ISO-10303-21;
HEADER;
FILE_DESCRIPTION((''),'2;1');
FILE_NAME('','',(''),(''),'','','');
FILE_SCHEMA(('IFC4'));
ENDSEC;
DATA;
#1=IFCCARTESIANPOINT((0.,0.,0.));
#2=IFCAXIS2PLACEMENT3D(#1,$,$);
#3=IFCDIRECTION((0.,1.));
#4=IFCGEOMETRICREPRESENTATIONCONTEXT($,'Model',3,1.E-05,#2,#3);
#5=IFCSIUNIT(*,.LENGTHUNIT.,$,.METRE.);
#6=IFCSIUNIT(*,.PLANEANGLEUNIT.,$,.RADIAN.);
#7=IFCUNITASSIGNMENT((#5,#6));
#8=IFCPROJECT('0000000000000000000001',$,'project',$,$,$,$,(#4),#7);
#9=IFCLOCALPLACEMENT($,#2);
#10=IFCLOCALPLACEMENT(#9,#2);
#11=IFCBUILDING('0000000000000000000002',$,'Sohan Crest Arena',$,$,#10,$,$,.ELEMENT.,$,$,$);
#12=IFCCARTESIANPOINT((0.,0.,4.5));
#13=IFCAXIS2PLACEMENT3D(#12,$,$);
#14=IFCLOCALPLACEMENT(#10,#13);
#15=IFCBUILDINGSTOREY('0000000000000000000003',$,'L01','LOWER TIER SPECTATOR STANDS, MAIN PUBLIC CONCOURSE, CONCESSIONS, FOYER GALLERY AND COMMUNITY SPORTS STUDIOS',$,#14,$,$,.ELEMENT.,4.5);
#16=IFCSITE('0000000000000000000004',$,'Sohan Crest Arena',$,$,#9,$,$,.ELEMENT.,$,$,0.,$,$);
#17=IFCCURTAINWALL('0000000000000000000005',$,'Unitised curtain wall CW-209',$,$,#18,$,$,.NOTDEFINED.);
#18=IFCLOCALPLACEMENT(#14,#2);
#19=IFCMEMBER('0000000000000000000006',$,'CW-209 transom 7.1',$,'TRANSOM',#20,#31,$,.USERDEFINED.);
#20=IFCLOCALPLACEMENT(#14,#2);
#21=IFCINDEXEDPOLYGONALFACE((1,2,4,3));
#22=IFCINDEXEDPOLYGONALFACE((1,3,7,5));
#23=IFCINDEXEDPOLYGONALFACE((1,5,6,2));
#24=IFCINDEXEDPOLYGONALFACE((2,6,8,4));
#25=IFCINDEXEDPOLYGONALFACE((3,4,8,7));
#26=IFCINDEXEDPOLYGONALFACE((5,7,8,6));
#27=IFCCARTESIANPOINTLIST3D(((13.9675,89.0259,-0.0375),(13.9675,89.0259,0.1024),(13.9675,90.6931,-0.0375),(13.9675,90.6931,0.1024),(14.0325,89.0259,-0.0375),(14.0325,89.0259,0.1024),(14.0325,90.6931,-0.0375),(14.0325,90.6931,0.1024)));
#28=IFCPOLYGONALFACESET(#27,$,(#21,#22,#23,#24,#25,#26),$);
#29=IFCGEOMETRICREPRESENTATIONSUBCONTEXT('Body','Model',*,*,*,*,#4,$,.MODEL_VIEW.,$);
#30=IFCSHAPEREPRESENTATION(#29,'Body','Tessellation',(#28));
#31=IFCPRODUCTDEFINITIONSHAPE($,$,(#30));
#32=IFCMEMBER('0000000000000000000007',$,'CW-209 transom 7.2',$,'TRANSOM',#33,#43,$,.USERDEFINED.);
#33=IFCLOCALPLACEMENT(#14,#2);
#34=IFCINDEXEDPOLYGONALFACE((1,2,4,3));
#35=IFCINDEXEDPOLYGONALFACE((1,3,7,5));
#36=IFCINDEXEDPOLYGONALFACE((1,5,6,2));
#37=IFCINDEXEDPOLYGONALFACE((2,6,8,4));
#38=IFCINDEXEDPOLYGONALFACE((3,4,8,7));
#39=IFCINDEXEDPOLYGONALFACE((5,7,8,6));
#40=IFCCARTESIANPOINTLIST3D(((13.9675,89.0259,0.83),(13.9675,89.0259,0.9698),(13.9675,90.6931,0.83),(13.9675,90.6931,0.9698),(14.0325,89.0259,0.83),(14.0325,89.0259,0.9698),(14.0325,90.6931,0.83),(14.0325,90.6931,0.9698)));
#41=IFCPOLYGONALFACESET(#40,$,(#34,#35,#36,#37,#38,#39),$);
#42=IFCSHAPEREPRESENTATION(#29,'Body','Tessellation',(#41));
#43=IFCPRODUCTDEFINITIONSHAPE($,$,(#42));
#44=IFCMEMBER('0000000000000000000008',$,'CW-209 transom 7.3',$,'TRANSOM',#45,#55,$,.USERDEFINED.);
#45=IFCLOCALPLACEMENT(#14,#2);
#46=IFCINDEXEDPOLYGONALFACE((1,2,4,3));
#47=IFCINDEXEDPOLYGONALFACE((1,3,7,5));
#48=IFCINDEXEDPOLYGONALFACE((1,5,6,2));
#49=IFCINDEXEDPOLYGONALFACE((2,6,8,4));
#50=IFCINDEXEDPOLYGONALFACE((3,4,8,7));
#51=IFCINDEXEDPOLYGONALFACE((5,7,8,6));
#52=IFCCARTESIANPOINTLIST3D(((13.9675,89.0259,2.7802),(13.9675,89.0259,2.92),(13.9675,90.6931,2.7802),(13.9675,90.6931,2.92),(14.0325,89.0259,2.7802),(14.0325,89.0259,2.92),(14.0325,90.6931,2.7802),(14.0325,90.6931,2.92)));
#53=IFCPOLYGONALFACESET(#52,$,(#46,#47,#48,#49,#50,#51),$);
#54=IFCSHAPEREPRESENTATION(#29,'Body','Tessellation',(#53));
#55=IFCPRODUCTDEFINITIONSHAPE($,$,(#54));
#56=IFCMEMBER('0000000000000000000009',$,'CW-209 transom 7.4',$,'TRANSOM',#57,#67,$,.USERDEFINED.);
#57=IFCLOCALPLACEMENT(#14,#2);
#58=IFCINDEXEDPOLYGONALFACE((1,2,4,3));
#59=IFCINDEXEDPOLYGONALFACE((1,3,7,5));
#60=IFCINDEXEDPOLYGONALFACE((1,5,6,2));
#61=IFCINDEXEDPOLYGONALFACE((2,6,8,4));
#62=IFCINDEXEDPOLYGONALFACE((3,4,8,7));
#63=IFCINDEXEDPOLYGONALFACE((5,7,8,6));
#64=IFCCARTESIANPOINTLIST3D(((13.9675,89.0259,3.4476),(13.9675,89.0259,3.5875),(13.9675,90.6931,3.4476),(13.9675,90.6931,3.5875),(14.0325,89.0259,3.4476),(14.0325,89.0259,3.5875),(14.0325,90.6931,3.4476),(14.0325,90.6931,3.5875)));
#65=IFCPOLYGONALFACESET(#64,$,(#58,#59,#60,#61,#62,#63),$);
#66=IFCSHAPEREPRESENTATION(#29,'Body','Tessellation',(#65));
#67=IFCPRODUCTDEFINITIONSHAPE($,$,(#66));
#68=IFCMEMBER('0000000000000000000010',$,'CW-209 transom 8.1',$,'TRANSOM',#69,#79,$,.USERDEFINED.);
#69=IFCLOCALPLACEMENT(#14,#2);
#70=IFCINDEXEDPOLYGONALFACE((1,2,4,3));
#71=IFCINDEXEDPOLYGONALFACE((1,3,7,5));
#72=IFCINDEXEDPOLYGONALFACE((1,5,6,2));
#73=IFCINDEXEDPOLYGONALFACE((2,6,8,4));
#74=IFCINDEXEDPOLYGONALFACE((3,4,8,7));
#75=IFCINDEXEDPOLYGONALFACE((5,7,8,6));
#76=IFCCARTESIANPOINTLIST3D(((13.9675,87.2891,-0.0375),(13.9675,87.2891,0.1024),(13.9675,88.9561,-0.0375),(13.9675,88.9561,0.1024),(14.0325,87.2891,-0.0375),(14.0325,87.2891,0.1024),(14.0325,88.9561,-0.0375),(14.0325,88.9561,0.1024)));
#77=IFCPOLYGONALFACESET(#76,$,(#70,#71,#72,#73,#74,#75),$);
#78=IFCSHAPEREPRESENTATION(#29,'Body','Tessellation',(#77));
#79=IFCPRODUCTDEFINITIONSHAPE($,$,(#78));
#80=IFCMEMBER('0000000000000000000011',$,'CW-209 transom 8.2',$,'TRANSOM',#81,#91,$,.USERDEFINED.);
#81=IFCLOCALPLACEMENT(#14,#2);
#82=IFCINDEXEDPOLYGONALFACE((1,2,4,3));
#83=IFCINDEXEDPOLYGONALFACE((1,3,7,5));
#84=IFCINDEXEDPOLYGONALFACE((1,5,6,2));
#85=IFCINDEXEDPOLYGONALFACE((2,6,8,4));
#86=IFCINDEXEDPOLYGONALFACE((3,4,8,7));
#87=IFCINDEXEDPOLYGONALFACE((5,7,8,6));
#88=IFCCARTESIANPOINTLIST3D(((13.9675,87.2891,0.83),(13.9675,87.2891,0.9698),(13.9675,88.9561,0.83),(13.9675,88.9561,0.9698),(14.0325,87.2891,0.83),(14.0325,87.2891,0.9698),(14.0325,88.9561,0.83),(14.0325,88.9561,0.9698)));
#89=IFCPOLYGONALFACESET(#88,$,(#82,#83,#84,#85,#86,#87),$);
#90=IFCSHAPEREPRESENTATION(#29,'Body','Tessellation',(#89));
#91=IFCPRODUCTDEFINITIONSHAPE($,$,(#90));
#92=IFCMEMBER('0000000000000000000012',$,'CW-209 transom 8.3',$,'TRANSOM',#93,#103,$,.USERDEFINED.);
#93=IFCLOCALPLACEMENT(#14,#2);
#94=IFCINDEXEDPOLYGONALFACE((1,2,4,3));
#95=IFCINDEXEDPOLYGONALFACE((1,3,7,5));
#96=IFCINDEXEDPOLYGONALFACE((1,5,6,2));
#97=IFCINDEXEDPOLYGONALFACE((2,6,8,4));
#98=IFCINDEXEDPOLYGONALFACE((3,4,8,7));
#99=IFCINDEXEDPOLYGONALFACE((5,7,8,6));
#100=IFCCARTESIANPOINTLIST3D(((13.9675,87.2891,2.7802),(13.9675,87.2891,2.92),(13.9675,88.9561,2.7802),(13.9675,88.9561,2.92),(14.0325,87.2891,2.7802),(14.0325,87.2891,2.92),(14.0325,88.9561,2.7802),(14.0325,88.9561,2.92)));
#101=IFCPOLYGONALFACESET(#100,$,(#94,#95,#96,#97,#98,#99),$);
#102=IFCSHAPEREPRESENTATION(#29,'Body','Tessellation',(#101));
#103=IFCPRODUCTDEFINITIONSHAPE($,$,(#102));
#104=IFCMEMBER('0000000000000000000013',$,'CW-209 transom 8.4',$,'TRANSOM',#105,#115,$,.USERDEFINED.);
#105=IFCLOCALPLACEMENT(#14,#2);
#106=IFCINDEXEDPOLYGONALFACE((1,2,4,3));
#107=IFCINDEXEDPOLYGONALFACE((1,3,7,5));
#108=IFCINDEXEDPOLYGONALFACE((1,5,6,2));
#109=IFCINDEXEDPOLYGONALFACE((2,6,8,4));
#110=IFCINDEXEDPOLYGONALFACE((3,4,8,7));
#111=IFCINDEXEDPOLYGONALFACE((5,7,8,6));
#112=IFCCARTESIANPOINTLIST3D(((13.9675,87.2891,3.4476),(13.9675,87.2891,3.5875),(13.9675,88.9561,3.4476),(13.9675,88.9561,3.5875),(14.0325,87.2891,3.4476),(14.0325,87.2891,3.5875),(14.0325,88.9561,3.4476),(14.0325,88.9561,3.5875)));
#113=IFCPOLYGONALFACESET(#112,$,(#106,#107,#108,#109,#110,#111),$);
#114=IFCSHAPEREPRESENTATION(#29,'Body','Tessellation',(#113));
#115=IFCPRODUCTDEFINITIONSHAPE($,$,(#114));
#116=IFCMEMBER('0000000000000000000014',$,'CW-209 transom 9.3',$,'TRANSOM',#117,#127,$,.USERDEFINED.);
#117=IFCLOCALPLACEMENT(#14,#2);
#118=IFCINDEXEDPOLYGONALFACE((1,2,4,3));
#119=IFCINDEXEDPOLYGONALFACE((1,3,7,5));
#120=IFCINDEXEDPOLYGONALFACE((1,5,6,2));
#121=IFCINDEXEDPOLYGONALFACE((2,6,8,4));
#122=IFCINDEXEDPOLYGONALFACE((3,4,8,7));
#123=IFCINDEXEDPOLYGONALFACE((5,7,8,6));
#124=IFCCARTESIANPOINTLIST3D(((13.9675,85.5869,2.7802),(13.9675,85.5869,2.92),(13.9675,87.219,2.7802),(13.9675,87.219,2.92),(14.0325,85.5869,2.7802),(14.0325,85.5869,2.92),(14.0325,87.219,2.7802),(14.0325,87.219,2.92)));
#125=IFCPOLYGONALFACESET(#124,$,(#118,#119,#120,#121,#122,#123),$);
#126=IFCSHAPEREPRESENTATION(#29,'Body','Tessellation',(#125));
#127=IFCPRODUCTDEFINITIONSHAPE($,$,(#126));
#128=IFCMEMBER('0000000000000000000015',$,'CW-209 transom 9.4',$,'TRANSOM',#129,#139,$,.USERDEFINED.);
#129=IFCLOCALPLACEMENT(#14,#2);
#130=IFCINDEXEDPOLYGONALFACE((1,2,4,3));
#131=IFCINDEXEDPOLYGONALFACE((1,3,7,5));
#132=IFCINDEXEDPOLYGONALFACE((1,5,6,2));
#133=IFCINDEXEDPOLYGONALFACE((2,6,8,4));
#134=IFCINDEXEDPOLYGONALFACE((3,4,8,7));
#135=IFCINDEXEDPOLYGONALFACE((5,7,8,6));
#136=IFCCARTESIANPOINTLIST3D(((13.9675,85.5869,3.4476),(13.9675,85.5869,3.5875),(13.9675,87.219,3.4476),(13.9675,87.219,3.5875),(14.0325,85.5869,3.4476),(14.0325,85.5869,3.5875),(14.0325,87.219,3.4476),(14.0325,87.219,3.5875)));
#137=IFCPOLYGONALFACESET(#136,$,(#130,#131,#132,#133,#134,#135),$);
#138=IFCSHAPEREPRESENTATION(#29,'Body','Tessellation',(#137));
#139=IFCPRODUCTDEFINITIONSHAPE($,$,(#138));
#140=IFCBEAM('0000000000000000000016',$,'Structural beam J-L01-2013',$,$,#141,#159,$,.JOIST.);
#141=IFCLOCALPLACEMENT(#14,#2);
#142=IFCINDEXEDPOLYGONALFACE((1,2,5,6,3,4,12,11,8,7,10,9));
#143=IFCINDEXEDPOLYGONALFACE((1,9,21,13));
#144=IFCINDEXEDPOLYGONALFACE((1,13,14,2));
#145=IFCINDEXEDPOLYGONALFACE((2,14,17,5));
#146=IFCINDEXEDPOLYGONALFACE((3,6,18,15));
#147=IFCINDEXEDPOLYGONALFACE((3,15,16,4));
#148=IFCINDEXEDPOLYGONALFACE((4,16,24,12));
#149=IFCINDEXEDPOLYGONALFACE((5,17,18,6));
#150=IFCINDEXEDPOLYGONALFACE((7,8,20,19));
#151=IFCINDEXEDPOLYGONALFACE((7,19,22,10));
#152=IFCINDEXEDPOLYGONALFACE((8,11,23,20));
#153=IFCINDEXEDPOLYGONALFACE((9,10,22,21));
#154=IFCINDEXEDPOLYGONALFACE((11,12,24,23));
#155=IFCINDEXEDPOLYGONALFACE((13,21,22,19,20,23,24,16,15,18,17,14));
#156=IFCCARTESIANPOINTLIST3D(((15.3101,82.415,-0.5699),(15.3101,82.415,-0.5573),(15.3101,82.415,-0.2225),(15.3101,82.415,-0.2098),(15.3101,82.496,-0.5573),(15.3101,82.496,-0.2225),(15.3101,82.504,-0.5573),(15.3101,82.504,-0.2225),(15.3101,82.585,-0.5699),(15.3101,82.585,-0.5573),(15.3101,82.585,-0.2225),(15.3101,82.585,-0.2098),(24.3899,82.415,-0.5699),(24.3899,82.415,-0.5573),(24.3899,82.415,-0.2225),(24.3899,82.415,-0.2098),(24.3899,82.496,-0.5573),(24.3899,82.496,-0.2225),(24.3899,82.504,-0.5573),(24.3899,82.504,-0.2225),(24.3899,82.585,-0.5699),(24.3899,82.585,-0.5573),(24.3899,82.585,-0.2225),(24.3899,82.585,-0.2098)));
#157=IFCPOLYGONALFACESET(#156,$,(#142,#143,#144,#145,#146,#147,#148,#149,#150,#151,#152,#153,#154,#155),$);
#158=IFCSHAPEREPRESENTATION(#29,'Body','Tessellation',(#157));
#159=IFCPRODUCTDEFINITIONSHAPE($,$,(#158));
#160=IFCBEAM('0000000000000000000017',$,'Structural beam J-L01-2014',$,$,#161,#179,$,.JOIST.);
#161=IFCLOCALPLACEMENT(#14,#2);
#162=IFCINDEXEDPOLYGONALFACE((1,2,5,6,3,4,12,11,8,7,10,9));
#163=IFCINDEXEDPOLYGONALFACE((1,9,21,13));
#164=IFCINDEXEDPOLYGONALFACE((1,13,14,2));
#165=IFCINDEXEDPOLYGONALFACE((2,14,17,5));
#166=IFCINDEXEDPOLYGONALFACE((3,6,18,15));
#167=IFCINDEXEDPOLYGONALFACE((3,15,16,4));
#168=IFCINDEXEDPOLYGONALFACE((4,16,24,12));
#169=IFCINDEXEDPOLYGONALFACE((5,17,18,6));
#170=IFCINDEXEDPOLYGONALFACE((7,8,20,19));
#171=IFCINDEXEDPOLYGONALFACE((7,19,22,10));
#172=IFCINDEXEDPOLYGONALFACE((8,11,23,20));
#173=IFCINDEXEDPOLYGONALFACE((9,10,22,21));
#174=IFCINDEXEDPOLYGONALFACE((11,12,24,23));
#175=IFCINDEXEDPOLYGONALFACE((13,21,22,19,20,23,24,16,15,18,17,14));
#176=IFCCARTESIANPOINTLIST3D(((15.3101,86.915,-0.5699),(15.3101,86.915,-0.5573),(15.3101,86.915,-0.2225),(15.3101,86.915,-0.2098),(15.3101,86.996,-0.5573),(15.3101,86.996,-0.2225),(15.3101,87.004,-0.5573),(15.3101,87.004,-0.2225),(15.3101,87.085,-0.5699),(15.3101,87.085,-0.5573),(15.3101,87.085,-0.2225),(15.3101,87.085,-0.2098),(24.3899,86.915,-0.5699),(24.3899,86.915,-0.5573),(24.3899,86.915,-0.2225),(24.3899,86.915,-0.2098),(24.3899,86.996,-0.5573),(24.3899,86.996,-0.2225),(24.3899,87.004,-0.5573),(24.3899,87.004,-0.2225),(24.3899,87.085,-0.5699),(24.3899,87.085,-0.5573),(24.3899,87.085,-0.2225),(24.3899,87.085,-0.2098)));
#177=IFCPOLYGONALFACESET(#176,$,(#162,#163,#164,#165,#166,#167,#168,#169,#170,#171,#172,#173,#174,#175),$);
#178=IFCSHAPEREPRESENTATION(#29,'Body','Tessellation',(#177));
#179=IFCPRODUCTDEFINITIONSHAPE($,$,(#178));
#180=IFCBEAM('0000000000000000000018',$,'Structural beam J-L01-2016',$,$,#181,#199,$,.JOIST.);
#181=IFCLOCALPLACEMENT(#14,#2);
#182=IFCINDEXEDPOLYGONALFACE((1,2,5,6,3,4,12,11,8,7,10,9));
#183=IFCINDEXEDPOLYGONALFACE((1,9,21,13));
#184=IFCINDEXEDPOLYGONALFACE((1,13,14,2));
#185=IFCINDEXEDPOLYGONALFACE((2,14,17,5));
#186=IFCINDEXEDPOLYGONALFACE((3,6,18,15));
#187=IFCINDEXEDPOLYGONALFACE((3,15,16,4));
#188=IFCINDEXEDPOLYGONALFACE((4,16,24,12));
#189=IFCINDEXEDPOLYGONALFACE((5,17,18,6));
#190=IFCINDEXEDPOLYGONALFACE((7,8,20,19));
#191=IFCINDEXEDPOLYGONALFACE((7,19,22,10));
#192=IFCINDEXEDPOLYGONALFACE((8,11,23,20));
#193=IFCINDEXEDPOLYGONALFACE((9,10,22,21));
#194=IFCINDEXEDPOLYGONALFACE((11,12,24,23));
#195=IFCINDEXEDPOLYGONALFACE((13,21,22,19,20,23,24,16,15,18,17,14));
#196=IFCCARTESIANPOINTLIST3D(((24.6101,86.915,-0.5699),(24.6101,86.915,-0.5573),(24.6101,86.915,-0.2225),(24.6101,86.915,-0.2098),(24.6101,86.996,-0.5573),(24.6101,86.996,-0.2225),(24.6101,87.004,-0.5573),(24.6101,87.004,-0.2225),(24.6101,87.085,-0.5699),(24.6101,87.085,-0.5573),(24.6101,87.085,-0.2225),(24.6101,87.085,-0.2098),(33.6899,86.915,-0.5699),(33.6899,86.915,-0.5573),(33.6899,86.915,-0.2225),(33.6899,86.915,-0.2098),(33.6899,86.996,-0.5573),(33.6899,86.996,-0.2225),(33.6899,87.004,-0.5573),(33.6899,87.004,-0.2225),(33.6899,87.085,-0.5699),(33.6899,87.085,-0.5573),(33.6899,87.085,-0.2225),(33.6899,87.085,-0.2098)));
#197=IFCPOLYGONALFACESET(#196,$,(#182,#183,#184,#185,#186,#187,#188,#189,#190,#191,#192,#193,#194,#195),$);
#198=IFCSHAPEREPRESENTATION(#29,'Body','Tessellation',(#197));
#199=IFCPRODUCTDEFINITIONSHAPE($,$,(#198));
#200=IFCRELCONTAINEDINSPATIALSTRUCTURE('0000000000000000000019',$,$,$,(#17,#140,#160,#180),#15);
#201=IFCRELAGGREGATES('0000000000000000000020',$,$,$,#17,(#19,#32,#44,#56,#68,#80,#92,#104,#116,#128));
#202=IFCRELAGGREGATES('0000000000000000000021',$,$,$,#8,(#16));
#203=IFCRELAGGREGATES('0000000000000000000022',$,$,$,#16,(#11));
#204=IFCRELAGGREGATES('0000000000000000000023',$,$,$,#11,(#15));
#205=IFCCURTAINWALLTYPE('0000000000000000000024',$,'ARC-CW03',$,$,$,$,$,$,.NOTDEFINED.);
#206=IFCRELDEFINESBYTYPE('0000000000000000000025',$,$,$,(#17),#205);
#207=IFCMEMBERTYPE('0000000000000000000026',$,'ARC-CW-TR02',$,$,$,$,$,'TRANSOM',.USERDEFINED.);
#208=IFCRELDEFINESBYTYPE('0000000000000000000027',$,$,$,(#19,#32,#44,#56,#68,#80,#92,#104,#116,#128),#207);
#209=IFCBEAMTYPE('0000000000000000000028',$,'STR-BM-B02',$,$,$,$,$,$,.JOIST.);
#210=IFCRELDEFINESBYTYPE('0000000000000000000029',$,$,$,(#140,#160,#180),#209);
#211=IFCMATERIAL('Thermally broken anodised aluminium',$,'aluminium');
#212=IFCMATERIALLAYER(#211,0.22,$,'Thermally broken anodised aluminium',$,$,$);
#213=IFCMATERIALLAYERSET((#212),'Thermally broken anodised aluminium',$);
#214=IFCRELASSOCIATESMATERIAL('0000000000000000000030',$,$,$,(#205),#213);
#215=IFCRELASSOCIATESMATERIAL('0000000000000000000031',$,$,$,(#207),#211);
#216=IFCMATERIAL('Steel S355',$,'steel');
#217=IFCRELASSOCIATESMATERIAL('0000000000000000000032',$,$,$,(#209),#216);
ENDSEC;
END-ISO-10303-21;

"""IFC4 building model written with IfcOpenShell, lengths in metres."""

from ifc_helpers import new_model, si_unit, direction, frame, origin, origin_2d, place, context, subcontext, project, spatial, rectangle, i_section, extrude, material, layer, layer_set, material_profile, profile_set, type_object, element, aggregate, save


model = new_model("IFC4")

# Units and contexts
model_context = context("Model", 3, precision=1e-05, world=origin(), true_north=direction((0.0, 1.0)))
body_context = subcontext(model_context, "Body", "Model", "MODEL_VIEW")
ifc_project = project(units=[si_unit("LENGTHUNIT", "METRE"), si_unit("PLANEANGLEUNIT", "RADIAN")], contexts=[model_context])

# Site, building, storey
site_placement = place(None, origin())
site = spatial("IfcSite", under=ifc_project, at=site_placement, Name="Sohan Crest Arena", CompositionType="ELEMENT", RefElevation=0.0)
building_placement = place(site_placement, origin())
building = spatial("IfcBuilding", under=site, at=building_placement, Name="Sohan Crest Arena", CompositionType="ELEMENT")
storey_placement = place(building_placement, frame((0.0, 0.0, 4.5)))
storey = spatial("IfcBuildingStorey", under=building, at=storey_placement, Name="L01", Description="LOWER TIER SPECTATOR STANDS, MAIN PUBLIC CONCOURSE, CONCESSIONS, FOYER GALLERY AND COMMUNITY SPORTS STUDIOS", CompositionType="ELEMENT", Elevation=4.5)

# Curtain wall, members
ifc_material_1 = material(Name="Thermally broken anodised aluminium", Category="aluminium")
ifc_layer_1 = layer(ifc_material_1, 0.22, Name="Thermally broken anodised aluminium")
ifc_layer_set_1 = layer_set([ifc_layer_1], Name="Thermally broken anodised aluminium")
curtain_wall_type = type_object("IfcCurtainWallType", Name="ARC-CW03", PredefinedType="NOTDEFINED", material=ifc_layer_set_1)
curtain_wall_placement = place(storey_placement, origin())
curtain_wall = element("IfcCurtainWall", 1, at=curtain_wall_placement, inside=storey, type_object=curtain_wall_type, Name="Unitised curtain wall CW-209", PredefinedType="NOTDEFINED")
ifc_material_profile_1 = material_profile(ifc_material_1, rectangle(XDim=0.0649, YDim=0.1399, at=origin_2d()), Name="ALU-TRAN 65x140")
ifc_profile_set_1 = profile_set([ifc_material_profile_1], Name="Thermally broken anodised aluminium")
member_type_1 = type_object("IfcMemberType", Name="ARC-CW-TR02", ElementType="TRANSOM", PredefinedType="USERDEFINED", material=ifc_profile_set_1)
member_1_placement = place(storey_placement, frame((14.0, 90.6931, 0.0325), z_axis=(0.0, -1.0, 0.0), x_axis=(1.0, 0.0, 0.0)))
member_1 = element("IfcMember", 2, at=member_1_placement, type_object=member_type_1, Name="CW-209 transom 7.1", ObjectType="TRANSOM", PredefinedType="USERDEFINED", context=body_context, shape_type="SweptSolid", body=[
    extrude(rectangle(XDim=0.0649, YDim=0.1399, at=origin_2d()), origin(), (0.0, 0.0, 1.0), 1.6672),
])
member_2_placement = place(storey_placement, frame((14.0, 90.6931, 0.8999), z_axis=(0.0, -1.0, 0.0), x_axis=(1.0, 0.0, 0.0)))
member_2 = element("IfcMember", 3, at=member_2_placement, type_object=member_type_1, Name="CW-209 transom 7.2", ObjectType="TRANSOM", PredefinedType="USERDEFINED", context=body_context, shape_type="SweptSolid", body=[
    extrude(rectangle(XDim=0.0649, YDim=0.1399, at=origin_2d()), origin(), (0.0, 0.0, 1.0), 1.6672),
])
member_3_placement = place(storey_placement, frame((14.0, 90.6931, 2.8501), z_axis=(0.0, -1.0, 0.0), x_axis=(1.0, 0.0, 0.0)))
member_3 = element("IfcMember", 4, at=member_3_placement, type_object=member_type_1, Name="CW-209 transom 7.3", ObjectType="TRANSOM", PredefinedType="USERDEFINED", context=body_context, shape_type="SweptSolid", body=[
    extrude(rectangle(XDim=0.0649, YDim=0.1399, at=origin_2d()), origin(), (0.0, 0.0, 1.0), 1.6672),
])
member_4_placement = place(storey_placement, frame((14.0, 90.6931, 3.5176), z_axis=(0.0, -1.0, 0.0), x_axis=(1.0, 0.0, 0.0)))
member_4 = element("IfcMember", 5, at=member_4_placement, type_object=member_type_1, Name="CW-209 transom 7.4", ObjectType="TRANSOM", PredefinedType="USERDEFINED", context=body_context, shape_type="SweptSolid", body=[
    extrude(rectangle(XDim=0.0649, YDim=0.1399, at=origin_2d()), origin(), (0.0, 0.0, 1.0), 1.6672),
])
member_5_placement = place(storey_placement, frame((14.0, 88.9561, 0.0325), z_axis=(0.0, -1.0, 0.0), x_axis=(1.0, 0.0, 0.0)))
member_5 = element("IfcMember", 6, at=member_5_placement, type_object=member_type_1, Name="CW-209 transom 8.1", ObjectType="TRANSOM", PredefinedType="USERDEFINED", context=body_context, shape_type="SweptSolid", body=[
    extrude(rectangle(XDim=0.0649, YDim=0.1399, at=origin_2d()), origin(), (0.0, 0.0, 1.0), 1.667),
])
member_6_placement = place(storey_placement, frame((14.0, 88.9561, 0.8999), z_axis=(0.0, -1.0, 0.0), x_axis=(1.0, 0.0, 0.0)))
member_6 = element("IfcMember", 7, at=member_6_placement, type_object=member_type_1, Name="CW-209 transom 8.2", ObjectType="TRANSOM", PredefinedType="USERDEFINED", context=body_context, shape_type="SweptSolid", body=[
    extrude(rectangle(XDim=0.0649, YDim=0.1399, at=origin_2d()), origin(), (0.0, 0.0, 1.0), 1.667),
])
member_7_placement = place(storey_placement, frame((14.0, 88.9561, 2.8501), z_axis=(0.0, -1.0, 0.0), x_axis=(1.0, 0.0, 0.0)))
member_7 = element("IfcMember", 8, at=member_7_placement, type_object=member_type_1, Name="CW-209 transom 8.3", ObjectType="TRANSOM", PredefinedType="USERDEFINED", context=body_context, shape_type="SweptSolid", body=[
    extrude(rectangle(XDim=0.0649, YDim=0.1399, at=origin_2d()), origin(), (0.0, 0.0, 1.0), 1.667),
])
member_8_placement = place(storey_placement, frame((14.0, 88.9561, 3.5176), z_axis=(0.0, -1.0, 0.0), x_axis=(1.0, 0.0, 0.0)))
member_8 = element("IfcMember", 9, at=member_8_placement, type_object=member_type_1, Name="CW-209 transom 8.4", ObjectType="TRANSOM", PredefinedType="USERDEFINED", context=body_context, shape_type="SweptSolid", body=[
    extrude(rectangle(XDim=0.0649, YDim=0.1399, at=origin_2d()), origin(), (0.0, 0.0, 1.0), 1.667),
])
member_9_placement = place(storey_placement, frame((14.0, 87.219, 2.8501), z_axis=(0.0, -1.0, 0.0), x_axis=(1.0, 0.0, 0.0)))
member_9 = element("IfcMember", 10, at=member_9_placement, type_object=member_type_1, Name="CW-209 transom 9.3", ObjectType="TRANSOM", PredefinedType="USERDEFINED", context=body_context, shape_type="SweptSolid", body=[
    extrude(rectangle(XDim=0.0649, YDim=0.1399, at=origin_2d()), origin(), (0.0, 0.0, 1.0), 1.6321),
])
member_10_placement = place(storey_placement, frame((14.0, 87.219, 3.5176), z_axis=(0.0, -1.0, 0.0), x_axis=(1.0, 0.0, 0.0)))
member_10 = element("IfcMember", 11, at=member_10_placement, type_object=member_type_1, Name="CW-209 transom 9.4", ObjectType="TRANSOM", PredefinedType="USERDEFINED", context=body_context, shape_type="SweptSolid", body=[
    extrude(rectangle(XDim=0.0649, YDim=0.1399, at=origin_2d()), origin(), (0.0, 0.0, 1.0), 1.6321),
])

# Beams
ifc_material_2 = material(Name="Steel S355", Category="steel")
ifc_material_profile_2 = material_profile(ifc_material_2, i_section(OverallWidth=0.1699, OverallDepth=0.3601, WebThickness=0.0081, FlangeThickness=0.0127, at=origin_2d()), Name="IPE 360")
ifc_profile_set_2 = profile_set([ifc_material_profile_2], Name="Steel S355")
beam_type_1 = type_object("IfcBeamType", Name="STR-BM-B02", PredefinedType="JOIST", material=ifc_profile_set_2)
for number, where, z_axis, x_axis, name in (
    (12, (15.3101, 82.5, -0.3899), (1.0, 0.0, 0.0), (0.0, 1.0, 0.0), "Structural beam J-L01-2013"),
    (13, (15.3101, 87.0, -0.3899), (1.0, 0.0, 0.0), (0.0, 1.0, 0.0), "Structural beam J-L01-2014"),
    (14, (24.6101, 87.0, -0.3899), (1.0, 0.0, 0.0), (0.0, 1.0, 0.0), "Structural beam J-L01-2016"),
):
    element("IfcBeam", number, at=place(storey_placement, frame(where, z_axis=z_axis, x_axis=x_axis)), inside=storey, type_object=beam_type_1, Name=name, PredefinedType="JOIST", context=body_context, shape_type="SweptSolid", body=[
        extrude(i_section(OverallWidth=0.1699, OverallDepth=0.3601, WebThickness=0.0081, FlangeThickness=0.0127, at=origin_2d()), origin(), (0.0, 0.0, 1.0), 9.0798),
    ])

aggregate(curtain_wall, [member_1, member_2, member_3, member_4, member_5, member_6, member_7, member_8, member_9, member_10])

save(model, "model.ifc")
